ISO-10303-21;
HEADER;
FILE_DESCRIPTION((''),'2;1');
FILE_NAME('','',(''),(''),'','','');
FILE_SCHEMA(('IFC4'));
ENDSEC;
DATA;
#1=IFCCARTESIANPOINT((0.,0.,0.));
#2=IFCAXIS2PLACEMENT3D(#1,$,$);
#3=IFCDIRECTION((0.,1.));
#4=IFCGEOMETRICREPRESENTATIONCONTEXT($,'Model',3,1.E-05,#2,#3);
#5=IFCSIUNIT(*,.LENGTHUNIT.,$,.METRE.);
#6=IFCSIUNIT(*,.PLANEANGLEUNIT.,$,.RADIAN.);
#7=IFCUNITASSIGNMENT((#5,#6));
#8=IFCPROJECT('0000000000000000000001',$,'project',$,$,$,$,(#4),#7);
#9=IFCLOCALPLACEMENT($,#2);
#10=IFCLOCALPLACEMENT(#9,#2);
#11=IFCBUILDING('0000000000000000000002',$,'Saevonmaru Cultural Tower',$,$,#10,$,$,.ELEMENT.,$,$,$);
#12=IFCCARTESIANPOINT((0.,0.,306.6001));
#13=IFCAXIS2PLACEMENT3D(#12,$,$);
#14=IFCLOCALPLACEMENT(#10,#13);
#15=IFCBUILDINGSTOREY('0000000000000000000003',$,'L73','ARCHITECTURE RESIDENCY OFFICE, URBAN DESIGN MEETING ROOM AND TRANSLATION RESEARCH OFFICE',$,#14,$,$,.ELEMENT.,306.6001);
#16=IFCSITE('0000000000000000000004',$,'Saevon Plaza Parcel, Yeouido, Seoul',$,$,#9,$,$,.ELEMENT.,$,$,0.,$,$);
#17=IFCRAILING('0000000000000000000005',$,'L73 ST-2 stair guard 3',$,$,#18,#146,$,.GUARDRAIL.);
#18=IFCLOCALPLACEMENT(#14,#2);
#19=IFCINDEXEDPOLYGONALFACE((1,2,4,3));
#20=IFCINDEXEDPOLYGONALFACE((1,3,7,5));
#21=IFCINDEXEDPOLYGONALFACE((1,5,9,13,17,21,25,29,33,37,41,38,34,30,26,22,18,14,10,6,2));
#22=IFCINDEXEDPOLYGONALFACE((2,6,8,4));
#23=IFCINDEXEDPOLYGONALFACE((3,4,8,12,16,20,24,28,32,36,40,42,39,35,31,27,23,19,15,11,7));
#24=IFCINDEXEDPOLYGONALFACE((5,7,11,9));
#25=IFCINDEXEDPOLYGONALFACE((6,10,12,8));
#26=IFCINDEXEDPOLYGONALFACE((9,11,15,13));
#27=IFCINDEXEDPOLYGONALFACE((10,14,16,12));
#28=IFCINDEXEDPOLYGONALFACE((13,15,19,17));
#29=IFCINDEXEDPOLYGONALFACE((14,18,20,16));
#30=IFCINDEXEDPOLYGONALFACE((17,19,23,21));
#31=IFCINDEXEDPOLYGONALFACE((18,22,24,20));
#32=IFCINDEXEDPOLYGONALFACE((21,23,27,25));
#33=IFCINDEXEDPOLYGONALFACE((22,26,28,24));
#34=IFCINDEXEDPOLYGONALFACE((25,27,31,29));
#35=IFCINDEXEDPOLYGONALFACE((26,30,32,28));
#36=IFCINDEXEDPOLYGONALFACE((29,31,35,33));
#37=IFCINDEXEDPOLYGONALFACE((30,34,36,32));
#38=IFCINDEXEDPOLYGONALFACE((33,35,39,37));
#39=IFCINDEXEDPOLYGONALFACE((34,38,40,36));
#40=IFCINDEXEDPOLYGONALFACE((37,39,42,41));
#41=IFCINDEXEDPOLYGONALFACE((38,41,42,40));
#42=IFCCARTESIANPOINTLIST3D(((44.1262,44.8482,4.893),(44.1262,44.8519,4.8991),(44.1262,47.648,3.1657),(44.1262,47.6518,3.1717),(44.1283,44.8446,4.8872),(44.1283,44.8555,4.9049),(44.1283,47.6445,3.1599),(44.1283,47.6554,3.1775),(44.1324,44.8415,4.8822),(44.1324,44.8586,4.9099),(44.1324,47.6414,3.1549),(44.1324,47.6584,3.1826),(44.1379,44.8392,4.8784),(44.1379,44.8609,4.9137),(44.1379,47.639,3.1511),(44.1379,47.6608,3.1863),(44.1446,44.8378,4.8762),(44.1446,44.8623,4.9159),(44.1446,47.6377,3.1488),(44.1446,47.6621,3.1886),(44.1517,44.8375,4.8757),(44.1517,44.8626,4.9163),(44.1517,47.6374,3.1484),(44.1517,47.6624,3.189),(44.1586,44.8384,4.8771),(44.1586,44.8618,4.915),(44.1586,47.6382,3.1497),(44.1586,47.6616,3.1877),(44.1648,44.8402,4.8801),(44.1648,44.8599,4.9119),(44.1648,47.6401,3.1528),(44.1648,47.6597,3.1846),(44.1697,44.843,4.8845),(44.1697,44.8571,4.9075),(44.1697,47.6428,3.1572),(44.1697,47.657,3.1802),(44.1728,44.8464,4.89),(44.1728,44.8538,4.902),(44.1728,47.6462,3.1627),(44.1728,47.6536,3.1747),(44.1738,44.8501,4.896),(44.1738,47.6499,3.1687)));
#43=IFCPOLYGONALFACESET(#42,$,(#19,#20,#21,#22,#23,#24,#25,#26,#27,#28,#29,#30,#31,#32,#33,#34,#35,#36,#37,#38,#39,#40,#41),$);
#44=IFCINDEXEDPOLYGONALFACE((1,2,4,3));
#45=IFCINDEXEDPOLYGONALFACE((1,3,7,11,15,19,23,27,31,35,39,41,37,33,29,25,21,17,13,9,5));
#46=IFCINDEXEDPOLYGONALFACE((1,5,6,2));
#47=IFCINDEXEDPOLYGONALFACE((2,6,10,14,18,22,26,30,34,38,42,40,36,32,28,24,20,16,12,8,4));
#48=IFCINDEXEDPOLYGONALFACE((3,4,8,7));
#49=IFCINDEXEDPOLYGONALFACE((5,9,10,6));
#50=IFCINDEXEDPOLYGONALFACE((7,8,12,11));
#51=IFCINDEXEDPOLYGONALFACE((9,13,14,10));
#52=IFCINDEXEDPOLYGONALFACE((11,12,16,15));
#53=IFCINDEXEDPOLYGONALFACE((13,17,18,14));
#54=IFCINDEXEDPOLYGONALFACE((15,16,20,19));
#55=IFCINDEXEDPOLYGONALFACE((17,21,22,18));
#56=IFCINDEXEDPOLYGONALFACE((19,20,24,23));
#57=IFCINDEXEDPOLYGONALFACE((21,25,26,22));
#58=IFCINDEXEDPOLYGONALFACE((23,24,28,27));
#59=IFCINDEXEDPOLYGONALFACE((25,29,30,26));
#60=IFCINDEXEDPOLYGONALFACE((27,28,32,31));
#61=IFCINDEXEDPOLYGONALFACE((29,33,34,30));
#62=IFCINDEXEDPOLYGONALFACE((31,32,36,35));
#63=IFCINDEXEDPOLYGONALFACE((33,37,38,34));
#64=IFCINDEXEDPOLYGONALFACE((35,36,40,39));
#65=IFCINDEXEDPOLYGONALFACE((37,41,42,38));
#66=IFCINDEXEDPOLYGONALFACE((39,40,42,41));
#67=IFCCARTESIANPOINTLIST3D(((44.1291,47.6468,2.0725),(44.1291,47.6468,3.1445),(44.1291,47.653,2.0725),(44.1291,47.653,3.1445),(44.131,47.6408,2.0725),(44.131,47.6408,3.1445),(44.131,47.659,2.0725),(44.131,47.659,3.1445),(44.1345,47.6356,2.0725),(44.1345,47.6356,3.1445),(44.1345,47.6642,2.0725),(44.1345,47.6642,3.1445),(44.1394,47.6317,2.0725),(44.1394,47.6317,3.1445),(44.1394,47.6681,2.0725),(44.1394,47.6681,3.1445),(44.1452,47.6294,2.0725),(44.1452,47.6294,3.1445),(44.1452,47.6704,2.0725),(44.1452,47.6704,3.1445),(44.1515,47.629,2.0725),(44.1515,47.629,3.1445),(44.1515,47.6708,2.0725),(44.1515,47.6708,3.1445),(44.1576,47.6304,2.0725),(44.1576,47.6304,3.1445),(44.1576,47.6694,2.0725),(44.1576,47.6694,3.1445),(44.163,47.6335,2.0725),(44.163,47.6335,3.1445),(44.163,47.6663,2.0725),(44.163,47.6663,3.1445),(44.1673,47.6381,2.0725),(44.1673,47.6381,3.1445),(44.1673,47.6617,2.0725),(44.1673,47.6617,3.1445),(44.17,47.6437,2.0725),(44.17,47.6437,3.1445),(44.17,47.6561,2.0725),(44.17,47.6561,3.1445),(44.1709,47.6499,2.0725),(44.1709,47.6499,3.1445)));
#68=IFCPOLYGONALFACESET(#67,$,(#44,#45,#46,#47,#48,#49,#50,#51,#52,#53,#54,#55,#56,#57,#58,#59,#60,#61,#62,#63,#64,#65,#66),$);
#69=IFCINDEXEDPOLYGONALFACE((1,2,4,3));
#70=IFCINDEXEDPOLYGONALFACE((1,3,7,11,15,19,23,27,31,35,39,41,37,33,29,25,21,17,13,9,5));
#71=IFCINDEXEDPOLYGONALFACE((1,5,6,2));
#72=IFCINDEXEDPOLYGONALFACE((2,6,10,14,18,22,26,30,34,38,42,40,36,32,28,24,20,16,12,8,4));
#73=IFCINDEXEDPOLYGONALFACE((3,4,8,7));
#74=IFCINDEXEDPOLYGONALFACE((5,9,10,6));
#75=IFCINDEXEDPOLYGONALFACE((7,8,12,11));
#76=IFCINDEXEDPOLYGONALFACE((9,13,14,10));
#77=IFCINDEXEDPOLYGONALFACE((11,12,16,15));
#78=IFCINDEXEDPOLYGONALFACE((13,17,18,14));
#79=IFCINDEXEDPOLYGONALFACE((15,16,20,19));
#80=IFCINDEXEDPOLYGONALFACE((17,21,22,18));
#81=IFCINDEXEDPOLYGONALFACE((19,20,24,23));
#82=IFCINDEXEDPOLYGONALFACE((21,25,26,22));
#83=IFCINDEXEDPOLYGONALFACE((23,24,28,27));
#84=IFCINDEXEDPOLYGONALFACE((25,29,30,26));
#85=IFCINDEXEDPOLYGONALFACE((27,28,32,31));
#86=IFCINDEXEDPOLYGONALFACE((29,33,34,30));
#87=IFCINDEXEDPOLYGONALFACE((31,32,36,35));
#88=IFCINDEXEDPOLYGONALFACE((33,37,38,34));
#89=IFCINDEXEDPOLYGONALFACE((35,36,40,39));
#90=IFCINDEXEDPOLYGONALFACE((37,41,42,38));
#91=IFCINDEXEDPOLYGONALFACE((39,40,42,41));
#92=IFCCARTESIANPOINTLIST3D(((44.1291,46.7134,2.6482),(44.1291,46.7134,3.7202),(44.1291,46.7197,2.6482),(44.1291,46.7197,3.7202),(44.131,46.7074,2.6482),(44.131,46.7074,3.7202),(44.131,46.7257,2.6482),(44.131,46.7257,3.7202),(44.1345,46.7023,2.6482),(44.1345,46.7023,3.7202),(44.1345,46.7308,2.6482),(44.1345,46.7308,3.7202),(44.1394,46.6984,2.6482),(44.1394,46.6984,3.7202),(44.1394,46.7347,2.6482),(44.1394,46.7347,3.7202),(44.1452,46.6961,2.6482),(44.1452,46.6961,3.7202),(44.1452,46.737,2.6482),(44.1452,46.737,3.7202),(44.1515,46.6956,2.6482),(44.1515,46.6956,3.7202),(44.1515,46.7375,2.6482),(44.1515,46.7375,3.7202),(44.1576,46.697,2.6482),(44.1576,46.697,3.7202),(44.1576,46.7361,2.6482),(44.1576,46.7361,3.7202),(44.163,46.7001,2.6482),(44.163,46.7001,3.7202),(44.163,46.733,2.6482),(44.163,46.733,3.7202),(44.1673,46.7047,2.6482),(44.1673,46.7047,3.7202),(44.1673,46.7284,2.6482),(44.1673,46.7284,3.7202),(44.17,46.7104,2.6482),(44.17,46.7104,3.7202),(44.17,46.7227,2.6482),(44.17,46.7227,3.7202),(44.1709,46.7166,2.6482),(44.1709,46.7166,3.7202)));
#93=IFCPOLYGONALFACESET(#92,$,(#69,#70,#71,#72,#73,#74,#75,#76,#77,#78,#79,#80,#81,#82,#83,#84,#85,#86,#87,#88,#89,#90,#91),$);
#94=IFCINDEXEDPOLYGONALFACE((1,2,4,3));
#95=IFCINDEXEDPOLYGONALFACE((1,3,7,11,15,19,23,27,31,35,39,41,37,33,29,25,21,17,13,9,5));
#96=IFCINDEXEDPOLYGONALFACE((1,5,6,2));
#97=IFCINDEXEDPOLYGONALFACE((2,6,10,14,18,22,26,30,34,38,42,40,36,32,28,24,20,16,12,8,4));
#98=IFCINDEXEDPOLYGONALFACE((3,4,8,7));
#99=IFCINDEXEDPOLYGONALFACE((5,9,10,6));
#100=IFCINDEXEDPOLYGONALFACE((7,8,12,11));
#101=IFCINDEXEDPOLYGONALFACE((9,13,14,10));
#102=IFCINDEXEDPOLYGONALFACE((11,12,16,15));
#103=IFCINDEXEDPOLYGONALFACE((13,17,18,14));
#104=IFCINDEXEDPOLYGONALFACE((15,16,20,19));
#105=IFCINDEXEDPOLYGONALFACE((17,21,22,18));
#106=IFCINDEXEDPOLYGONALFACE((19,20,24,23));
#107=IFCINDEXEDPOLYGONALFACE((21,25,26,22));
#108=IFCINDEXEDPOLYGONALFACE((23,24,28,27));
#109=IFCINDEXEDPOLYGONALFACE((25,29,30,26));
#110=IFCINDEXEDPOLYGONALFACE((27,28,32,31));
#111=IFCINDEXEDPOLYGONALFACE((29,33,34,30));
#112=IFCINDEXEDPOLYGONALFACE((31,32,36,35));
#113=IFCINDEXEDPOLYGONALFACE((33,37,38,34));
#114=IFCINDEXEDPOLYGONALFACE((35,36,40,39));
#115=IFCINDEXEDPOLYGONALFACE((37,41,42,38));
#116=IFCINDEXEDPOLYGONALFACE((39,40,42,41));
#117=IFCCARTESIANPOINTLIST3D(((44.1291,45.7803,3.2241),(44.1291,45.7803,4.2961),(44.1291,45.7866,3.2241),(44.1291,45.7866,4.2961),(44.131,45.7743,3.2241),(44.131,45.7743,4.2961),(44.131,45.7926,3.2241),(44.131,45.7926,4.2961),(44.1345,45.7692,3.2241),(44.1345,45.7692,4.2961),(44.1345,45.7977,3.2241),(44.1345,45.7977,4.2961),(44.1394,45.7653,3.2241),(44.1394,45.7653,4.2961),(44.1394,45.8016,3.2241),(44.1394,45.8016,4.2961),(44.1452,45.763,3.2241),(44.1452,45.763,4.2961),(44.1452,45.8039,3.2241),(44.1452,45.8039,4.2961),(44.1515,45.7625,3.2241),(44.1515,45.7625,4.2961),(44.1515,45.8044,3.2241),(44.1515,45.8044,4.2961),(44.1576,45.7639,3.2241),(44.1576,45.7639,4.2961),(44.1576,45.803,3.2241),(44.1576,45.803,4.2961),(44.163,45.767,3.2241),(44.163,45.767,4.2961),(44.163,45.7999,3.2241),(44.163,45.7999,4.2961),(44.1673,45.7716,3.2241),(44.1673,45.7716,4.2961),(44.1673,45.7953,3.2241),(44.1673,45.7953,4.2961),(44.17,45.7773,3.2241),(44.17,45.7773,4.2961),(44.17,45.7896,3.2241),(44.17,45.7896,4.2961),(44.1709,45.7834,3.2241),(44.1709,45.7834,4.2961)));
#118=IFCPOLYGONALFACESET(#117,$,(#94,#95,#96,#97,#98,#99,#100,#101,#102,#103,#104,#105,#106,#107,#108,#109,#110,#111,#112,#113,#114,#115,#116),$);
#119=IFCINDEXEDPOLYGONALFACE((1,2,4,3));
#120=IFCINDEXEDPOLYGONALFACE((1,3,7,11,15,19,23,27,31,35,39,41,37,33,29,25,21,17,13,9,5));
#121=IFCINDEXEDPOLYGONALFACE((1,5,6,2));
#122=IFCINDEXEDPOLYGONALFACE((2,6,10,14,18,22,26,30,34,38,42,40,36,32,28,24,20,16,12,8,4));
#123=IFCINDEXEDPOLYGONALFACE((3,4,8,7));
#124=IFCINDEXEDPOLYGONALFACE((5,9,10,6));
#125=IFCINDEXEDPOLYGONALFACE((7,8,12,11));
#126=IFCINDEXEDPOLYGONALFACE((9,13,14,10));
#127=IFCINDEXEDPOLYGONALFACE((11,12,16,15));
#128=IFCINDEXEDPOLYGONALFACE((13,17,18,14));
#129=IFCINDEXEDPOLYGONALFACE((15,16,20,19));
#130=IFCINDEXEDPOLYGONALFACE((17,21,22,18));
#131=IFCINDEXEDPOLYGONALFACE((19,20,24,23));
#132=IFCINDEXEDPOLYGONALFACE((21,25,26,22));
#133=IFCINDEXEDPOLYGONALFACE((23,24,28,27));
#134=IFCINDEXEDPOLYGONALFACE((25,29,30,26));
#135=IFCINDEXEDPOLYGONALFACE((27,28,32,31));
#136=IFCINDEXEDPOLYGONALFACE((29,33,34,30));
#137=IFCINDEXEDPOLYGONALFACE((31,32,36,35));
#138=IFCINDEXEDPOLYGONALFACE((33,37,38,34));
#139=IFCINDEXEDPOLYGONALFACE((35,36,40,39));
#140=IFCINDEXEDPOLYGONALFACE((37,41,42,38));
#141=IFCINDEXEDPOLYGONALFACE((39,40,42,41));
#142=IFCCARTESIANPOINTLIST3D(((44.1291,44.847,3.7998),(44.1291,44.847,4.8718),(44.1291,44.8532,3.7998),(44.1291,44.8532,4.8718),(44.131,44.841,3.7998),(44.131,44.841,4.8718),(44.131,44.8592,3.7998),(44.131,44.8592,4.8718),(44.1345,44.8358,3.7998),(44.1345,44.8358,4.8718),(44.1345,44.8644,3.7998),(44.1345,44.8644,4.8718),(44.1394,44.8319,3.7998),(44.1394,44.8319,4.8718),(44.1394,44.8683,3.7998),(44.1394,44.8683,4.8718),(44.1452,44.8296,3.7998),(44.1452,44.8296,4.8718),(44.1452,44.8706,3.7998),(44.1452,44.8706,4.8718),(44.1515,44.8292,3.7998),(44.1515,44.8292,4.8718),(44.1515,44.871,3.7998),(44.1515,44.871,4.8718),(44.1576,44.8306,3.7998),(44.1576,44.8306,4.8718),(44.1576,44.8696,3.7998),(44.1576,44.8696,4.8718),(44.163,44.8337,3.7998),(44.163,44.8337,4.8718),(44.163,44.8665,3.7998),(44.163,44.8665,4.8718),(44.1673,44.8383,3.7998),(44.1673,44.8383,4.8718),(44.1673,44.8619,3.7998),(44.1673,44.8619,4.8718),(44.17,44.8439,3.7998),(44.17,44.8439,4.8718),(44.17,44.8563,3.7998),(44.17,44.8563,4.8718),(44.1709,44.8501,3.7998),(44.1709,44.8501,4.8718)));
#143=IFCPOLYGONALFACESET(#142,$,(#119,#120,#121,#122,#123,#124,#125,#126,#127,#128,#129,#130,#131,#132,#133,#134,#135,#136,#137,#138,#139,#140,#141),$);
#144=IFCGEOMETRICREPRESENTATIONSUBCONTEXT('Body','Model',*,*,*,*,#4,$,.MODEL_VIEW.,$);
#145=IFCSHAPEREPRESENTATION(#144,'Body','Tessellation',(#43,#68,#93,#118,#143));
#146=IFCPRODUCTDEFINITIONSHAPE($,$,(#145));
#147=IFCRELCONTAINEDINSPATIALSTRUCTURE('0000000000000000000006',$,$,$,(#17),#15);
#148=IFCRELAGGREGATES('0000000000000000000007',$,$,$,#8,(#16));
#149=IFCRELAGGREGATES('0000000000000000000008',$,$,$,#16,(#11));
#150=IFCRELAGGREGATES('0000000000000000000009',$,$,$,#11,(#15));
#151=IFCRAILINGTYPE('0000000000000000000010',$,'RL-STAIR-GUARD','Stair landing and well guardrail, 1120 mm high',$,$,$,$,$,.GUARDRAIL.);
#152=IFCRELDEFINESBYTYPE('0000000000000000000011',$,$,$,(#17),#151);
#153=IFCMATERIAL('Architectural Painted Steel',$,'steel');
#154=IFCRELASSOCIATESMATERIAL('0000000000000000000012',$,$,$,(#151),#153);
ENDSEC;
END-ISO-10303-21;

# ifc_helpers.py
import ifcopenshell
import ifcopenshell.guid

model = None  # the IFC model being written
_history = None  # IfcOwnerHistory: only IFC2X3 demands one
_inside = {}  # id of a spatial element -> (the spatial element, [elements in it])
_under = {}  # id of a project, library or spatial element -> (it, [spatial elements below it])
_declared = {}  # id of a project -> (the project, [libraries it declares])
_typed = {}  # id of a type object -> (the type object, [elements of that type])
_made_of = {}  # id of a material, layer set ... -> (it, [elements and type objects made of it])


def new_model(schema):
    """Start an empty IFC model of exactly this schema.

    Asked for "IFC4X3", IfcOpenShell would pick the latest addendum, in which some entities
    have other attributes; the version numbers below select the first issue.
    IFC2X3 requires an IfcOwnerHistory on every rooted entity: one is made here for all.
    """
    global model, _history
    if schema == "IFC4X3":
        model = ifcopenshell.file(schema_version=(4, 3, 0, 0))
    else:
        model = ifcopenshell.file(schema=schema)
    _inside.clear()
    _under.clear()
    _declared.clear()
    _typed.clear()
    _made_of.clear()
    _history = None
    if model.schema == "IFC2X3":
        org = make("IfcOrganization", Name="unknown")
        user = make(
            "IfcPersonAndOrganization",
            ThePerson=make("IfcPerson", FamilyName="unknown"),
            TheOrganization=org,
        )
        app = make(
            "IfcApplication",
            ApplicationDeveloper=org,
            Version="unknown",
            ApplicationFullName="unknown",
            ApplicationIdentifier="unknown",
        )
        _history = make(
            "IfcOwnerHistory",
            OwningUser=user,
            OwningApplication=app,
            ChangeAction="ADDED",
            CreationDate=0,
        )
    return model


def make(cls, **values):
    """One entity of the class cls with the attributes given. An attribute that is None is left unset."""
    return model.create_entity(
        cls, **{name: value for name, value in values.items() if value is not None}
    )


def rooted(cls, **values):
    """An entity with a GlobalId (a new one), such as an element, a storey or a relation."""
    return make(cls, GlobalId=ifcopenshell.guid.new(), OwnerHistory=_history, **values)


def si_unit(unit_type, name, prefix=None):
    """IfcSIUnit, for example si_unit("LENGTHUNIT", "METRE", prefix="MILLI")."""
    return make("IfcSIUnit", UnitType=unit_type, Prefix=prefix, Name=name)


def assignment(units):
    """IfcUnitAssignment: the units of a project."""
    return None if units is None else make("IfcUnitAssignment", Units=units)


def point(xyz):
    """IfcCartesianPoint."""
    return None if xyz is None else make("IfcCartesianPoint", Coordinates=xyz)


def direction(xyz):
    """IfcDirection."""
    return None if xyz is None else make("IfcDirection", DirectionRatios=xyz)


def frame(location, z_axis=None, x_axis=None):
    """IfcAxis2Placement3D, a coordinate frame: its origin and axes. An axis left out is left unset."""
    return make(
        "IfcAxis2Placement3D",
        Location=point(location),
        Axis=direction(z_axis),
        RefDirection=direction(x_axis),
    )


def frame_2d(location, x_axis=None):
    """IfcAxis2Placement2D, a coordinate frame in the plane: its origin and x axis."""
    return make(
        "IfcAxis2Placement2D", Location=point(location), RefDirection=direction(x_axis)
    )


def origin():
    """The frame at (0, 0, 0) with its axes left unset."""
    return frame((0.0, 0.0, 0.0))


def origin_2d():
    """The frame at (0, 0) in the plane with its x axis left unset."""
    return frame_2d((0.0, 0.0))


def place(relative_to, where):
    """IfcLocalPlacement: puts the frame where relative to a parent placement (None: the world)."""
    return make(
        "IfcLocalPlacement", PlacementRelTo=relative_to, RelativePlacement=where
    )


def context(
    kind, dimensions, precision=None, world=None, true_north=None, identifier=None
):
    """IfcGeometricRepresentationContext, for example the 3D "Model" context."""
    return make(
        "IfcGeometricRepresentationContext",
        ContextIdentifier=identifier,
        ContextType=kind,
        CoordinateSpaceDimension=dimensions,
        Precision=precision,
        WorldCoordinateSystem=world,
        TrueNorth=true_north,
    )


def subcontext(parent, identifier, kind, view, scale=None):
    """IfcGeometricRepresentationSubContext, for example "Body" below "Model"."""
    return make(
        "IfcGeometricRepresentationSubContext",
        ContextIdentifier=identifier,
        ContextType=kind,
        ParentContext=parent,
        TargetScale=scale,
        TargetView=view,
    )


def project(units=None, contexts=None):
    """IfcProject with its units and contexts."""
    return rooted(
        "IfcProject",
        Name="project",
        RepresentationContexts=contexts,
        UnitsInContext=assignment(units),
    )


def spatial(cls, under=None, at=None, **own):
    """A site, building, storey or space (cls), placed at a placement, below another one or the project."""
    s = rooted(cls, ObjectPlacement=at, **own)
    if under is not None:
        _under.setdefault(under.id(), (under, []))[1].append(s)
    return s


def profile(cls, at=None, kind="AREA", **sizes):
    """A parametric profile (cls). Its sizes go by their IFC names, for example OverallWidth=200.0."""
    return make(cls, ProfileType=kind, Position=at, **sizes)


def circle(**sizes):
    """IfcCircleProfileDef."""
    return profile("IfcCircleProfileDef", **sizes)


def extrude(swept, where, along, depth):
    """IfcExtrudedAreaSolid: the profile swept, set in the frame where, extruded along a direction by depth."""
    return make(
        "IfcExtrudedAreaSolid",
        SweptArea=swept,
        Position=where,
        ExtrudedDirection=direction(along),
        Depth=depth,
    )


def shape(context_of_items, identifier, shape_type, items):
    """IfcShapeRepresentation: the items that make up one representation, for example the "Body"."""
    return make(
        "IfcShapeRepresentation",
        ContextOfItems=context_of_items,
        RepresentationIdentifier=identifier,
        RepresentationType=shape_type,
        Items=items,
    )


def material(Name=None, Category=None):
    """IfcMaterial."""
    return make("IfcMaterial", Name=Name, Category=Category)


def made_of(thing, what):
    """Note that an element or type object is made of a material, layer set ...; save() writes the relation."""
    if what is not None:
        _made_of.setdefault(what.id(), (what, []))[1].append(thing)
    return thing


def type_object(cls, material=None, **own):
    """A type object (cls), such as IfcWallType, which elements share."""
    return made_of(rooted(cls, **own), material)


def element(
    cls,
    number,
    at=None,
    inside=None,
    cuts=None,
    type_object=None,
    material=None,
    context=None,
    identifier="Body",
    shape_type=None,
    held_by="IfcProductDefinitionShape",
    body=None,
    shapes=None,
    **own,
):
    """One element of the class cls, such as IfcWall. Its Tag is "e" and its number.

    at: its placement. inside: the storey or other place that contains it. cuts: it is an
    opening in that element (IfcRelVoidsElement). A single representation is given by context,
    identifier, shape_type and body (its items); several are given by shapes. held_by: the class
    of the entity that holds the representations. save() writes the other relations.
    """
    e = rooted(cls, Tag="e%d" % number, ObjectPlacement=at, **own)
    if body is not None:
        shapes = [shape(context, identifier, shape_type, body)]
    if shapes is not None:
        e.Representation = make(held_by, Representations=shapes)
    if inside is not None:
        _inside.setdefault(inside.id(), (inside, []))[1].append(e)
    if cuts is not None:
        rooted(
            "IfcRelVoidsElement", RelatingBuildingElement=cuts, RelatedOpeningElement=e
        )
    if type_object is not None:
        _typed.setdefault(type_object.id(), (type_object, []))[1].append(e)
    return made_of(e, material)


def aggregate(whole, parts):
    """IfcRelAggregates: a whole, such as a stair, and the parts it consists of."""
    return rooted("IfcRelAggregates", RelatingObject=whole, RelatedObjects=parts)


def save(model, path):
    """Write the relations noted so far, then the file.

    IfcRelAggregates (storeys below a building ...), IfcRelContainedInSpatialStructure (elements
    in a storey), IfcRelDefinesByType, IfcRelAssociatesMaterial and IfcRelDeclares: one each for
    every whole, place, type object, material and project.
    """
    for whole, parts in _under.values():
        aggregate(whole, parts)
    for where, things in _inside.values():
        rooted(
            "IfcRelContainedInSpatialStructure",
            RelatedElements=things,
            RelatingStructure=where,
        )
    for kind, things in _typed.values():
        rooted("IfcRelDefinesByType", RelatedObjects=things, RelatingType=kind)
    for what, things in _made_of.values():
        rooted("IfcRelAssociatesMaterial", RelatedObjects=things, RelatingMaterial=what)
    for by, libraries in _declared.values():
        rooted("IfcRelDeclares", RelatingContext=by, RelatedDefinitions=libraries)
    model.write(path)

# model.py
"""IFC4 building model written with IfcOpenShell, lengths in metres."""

from ifc_helpers import new_model, si_unit, direction, frame, origin, origin_2d, place, context, subcontext, project, spatial, circle, extrude, material, type_object, element, save


model = new_model("IFC4")

# Units and contexts
model_context = context("Model", 3, precision=1e-05, world=origin(), true_north=direction((0.0, 1.0)))
body_context = subcontext(model_context, "Body", "Model", "MODEL_VIEW")
ifc_project = project(units=[si_unit("LENGTHUNIT", "METRE"), si_unit("PLANEANGLEUNIT", "RADIAN")], contexts=[model_context])

# Site, building, storey
site_placement = place(None, origin())
site = spatial("IfcSite", under=ifc_project, at=site_placement, Name="Saevon Plaza Parcel, Yeouido, Seoul", CompositionType="ELEMENT", RefElevation=0.0)
building_placement = place(site_placement, origin())
building = spatial("IfcBuilding", under=site, at=building_placement, Name="Saevonmaru Cultural Tower", CompositionType="ELEMENT")
storey_placement = place(building_placement, frame((0.0, 0.0, 306.6001)))
storey = spatial("IfcBuildingStorey", under=building, at=storey_placement, Name="L73", Description="ARCHITECTURE RESIDENCY OFFICE, URBAN DESIGN MEETING ROOM AND TRANSLATION RESEARCH OFFICE", CompositionType="ELEMENT", Elevation=306.6001)

# Railing
ifc_material_1 = material(Name="Architectural Painted Steel", Category="steel")
railing_type_1 = type_object("IfcRailingType", Name="RL-STAIR-GUARD", Description="Stair landing and well guardrail, 1120 mm high", PredefinedType="GUARDRAIL", material=ifc_material_1)
railing_1_placement = place(storey_placement, frame((44.1499, 47.6499, 2.0725)))
element("IfcRailing", 1, at=railing_1_placement, inside=storey, type_object=railing_type_1, Name="L73 ST-2 stair guard 3", PredefinedType="GUARDRAIL", context=body_context, shape_type="SweptSolid", body=[
    extrude(circle(Radius=0.0239, at=origin_2d()), frame((0.0, 0.0, 1.0962), z_axis=(0.0, -0.851069, 0.525054), x_axis=(1.0, 0.0, 0.0)), (0.0, 0.0, 1.0), 3.2898),
    extrude(circle(Radius=0.021, at=origin_2d()), origin(), (0.0, 0.0, 1.0), 1.072),
    extrude(circle(Radius=0.021, at=origin_2d()), frame((0.0, -0.9333, 0.5757)), (0.0, 0.0, 1.0), 1.072),
    extrude(circle(Radius=0.021, at=origin_2d()), frame((0.0, -1.8665, 1.1516)), (0.0, 0.0, 1.0), 1.072),
    extrude(circle(Radius=0.021, at=origin_2d()), frame((0.0, -2.7998, 1.7273)), (0.0, 0.0, 1.0), 1.072),
])

save(model, "model.ifc")
